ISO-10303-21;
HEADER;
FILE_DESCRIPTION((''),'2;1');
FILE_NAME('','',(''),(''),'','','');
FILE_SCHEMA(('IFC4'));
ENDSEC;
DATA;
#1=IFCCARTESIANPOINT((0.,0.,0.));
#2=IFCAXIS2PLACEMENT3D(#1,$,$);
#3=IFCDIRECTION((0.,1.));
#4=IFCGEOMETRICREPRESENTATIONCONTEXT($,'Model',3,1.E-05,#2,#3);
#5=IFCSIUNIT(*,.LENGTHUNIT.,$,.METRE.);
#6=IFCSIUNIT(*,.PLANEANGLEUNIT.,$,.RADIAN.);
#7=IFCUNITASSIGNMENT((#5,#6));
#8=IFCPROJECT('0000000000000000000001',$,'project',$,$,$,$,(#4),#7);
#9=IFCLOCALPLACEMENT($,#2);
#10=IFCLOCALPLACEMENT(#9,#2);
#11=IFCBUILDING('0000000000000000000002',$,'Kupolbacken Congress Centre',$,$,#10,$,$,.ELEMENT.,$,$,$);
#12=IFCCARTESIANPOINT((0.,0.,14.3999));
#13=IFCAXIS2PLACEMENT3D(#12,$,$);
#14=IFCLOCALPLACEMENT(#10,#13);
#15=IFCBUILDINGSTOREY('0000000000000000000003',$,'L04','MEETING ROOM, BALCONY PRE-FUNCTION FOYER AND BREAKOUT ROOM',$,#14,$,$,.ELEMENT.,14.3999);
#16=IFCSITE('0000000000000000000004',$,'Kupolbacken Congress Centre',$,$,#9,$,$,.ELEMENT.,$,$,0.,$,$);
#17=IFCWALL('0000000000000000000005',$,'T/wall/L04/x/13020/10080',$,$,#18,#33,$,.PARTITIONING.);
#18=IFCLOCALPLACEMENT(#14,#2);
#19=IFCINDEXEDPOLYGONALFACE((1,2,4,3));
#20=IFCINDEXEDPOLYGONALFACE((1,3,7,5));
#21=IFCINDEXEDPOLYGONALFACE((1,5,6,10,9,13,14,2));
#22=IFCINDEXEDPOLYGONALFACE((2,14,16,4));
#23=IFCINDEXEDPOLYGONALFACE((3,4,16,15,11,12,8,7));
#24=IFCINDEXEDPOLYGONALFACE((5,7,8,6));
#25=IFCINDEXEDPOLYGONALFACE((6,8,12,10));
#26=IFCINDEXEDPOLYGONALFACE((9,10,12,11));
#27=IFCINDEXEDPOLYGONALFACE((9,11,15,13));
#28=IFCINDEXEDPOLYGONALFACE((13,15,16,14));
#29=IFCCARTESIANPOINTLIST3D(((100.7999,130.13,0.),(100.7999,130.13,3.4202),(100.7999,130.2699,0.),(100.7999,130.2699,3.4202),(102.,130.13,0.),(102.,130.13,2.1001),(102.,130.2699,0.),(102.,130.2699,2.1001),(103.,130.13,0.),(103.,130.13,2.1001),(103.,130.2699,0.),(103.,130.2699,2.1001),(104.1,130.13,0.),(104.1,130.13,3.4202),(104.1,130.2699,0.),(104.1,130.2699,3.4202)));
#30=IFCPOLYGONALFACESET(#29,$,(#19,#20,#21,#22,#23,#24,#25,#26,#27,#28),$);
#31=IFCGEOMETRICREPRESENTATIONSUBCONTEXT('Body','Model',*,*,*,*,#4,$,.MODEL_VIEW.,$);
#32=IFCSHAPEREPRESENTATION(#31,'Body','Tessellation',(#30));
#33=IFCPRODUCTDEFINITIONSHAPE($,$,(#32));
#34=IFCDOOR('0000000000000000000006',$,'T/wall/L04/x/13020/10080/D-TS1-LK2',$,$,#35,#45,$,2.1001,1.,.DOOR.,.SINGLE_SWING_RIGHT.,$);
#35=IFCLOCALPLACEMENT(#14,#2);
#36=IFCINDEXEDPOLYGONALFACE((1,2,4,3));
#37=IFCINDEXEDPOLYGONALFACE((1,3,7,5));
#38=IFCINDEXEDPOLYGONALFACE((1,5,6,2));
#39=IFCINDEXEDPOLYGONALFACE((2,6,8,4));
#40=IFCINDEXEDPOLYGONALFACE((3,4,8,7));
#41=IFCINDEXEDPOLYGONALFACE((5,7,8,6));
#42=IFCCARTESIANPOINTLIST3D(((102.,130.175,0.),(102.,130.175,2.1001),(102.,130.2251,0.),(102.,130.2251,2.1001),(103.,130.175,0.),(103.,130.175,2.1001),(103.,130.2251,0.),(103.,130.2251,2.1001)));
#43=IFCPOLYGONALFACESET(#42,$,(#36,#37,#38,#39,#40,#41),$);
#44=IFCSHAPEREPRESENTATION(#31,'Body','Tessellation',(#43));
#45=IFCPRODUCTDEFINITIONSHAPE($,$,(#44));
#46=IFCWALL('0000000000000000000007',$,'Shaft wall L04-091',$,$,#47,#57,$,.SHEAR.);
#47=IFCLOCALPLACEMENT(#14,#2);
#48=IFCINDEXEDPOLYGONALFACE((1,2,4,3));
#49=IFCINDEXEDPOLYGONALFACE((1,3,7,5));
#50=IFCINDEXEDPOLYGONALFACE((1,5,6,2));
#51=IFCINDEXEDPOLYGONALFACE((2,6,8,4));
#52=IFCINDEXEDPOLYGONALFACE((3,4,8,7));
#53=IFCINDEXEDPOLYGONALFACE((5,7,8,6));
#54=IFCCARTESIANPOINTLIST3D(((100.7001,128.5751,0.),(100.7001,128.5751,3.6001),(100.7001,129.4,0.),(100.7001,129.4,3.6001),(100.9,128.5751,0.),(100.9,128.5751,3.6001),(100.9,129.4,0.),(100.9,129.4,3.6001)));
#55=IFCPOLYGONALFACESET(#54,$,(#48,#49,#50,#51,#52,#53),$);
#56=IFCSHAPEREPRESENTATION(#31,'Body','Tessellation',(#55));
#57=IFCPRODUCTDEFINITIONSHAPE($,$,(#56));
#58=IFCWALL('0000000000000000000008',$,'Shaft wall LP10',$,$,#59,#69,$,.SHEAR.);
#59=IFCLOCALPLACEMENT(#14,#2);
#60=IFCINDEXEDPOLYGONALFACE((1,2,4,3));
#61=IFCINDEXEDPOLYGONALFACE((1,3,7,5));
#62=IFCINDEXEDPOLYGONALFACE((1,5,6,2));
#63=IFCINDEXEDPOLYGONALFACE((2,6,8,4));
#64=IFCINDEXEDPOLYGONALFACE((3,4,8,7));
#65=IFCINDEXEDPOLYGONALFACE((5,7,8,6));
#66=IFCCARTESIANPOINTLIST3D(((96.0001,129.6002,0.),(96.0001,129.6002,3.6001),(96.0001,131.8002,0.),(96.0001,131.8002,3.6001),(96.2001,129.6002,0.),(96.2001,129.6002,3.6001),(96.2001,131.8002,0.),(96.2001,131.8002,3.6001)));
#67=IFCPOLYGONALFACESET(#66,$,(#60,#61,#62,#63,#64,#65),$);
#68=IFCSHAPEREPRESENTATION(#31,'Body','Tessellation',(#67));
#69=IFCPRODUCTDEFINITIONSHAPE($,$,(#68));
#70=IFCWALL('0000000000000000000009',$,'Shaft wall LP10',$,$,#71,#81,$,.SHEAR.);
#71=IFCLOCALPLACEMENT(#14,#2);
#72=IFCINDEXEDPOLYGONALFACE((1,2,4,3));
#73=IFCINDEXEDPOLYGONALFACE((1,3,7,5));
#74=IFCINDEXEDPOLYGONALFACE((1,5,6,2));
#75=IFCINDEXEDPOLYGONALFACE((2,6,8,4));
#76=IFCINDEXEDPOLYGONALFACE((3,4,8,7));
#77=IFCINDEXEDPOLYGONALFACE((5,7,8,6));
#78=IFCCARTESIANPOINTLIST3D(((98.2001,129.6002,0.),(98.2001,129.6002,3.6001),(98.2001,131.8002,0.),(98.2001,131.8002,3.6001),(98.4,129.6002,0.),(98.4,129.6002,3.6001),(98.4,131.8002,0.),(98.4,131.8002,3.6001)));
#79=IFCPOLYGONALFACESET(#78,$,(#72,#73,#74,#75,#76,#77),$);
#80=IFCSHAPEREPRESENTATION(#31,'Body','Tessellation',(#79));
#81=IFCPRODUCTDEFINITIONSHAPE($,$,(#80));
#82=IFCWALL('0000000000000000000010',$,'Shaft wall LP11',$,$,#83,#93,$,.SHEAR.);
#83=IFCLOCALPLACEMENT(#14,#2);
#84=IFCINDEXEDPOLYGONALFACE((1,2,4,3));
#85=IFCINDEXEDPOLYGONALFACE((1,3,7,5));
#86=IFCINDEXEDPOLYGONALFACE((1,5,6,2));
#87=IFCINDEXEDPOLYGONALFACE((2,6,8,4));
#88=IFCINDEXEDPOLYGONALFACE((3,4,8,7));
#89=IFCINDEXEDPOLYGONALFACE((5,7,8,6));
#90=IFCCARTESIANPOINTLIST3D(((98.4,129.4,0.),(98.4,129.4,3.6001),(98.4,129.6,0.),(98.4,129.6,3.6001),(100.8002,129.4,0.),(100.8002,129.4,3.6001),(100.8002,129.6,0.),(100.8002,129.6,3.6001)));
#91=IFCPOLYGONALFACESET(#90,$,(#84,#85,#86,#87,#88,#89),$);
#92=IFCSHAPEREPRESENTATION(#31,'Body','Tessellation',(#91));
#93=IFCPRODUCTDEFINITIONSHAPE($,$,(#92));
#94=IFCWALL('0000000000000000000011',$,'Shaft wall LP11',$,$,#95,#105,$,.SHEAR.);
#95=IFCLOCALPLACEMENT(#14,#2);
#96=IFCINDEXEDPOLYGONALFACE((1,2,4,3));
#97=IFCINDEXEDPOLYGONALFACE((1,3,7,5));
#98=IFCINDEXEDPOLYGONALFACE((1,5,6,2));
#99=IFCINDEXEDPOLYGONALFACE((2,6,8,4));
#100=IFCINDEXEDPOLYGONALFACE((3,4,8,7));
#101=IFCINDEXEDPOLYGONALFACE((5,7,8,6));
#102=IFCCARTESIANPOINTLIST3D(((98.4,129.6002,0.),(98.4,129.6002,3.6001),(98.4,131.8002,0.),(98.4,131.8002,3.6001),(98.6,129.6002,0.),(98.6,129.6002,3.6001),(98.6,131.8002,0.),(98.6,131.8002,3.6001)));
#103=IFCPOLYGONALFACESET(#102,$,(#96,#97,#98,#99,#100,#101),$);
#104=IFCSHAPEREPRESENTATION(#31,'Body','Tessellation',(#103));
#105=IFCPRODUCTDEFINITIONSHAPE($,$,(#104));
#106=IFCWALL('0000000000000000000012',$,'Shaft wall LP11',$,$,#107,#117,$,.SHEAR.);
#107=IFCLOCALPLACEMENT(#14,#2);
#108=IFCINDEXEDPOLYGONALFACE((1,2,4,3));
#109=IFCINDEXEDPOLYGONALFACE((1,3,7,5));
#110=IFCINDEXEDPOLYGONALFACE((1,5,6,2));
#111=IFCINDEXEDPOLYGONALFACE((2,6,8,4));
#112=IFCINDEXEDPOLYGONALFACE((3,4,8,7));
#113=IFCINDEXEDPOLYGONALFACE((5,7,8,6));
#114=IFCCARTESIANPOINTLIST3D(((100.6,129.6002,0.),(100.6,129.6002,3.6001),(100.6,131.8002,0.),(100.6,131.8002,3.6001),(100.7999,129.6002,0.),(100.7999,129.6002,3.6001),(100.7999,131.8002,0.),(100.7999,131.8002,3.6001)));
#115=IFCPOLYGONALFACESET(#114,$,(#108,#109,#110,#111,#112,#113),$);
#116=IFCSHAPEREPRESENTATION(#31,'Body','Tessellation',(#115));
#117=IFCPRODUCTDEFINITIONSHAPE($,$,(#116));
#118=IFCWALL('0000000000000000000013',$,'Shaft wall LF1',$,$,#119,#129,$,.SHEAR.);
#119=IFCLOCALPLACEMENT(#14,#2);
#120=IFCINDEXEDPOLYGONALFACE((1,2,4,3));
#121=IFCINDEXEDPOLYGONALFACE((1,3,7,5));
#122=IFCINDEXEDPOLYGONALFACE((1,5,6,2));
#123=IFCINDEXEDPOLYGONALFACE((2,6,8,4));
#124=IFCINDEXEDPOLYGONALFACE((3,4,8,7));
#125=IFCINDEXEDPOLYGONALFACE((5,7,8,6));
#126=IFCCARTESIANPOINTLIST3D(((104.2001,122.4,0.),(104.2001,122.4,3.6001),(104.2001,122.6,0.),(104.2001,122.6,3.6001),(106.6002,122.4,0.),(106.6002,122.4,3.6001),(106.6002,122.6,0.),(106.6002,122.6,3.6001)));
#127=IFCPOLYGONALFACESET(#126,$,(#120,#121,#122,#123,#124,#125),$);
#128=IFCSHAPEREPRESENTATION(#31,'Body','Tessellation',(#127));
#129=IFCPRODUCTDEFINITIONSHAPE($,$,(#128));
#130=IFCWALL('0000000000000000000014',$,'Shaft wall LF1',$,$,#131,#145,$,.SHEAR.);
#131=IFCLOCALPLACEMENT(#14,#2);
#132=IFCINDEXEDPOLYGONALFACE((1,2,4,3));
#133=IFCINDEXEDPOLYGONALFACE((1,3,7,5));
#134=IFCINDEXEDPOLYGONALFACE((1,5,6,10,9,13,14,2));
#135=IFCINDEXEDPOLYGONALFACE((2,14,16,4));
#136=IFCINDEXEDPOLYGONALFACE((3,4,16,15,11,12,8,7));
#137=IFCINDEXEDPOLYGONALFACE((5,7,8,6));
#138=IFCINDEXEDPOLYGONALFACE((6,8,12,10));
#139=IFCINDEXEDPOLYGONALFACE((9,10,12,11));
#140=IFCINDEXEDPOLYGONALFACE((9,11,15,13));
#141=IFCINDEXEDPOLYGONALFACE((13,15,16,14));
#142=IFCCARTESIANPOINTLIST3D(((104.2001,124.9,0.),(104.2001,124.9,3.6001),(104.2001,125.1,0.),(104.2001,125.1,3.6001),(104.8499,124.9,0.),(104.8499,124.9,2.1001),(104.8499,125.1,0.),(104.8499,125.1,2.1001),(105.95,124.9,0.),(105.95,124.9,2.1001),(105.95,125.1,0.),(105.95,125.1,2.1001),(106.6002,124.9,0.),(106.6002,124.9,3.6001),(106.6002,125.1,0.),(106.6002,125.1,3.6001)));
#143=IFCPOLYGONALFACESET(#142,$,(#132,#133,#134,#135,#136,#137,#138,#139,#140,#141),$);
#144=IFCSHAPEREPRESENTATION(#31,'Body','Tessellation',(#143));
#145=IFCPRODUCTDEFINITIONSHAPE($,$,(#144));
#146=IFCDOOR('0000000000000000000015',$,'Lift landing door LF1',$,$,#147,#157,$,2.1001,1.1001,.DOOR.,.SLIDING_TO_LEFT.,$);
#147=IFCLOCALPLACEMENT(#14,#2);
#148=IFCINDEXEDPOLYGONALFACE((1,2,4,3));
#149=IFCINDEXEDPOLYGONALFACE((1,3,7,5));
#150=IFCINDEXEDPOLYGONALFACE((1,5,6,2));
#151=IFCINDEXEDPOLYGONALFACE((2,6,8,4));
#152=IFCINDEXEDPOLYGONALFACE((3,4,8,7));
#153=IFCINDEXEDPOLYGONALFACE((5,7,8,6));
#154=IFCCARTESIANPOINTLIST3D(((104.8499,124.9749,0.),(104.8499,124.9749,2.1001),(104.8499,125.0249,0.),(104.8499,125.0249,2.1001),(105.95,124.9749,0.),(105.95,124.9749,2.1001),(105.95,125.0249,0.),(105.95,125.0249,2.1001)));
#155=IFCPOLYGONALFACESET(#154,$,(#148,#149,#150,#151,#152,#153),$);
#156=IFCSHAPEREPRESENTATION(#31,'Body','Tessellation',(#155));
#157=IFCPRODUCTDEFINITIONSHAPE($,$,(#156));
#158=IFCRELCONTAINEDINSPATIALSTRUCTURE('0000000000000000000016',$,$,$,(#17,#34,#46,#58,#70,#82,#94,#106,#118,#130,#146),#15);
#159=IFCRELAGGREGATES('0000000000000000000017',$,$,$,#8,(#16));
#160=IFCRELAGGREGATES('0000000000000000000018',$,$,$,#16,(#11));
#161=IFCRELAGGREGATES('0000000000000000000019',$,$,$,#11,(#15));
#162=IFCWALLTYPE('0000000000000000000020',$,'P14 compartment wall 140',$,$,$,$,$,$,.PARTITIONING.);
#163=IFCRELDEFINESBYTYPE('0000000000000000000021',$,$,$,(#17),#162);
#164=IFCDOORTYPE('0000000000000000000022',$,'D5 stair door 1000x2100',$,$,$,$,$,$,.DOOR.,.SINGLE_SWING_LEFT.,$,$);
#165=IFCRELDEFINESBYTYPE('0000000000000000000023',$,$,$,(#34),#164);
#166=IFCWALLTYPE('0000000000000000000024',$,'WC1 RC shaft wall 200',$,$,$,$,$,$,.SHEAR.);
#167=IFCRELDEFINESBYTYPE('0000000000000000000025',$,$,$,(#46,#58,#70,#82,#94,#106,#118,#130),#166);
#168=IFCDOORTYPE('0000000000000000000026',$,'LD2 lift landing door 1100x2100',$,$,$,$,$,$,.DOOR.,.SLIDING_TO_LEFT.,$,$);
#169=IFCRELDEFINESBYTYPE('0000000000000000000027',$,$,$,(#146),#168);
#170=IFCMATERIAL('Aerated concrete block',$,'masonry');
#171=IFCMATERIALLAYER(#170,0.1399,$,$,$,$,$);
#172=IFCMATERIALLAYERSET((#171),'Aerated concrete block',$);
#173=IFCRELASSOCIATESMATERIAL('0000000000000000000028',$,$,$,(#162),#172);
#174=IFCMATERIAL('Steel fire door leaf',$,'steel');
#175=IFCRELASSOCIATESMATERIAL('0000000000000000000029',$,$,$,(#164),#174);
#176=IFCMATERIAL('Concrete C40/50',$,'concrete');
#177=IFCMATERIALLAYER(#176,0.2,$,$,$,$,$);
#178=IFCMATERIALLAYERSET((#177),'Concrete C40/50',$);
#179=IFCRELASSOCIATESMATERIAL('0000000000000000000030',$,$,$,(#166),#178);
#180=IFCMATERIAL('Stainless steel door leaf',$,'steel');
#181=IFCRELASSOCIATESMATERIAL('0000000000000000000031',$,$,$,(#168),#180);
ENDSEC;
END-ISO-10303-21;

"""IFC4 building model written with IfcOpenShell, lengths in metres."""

from ifc_helpers import new_model, si_unit, direction, frame, frame_2d, origin, place, context, subcontext, project, spatial, rectangle, extrude, material, layer, layer_set, type_object, element, fill, save


model = new_model("IFC4")

# Units and contexts
model_context = context("Model", 3, precision=1e-05, world=origin(), true_north=direction((0.0, 1.0)))
body_context = subcontext(model_context, "Body", "Model", "MODEL_VIEW")
ifc_project = project(units=[si_unit("LENGTHUNIT", "METRE"), si_unit("PLANEANGLEUNIT", "RADIAN")], contexts=[model_context])

# Site, building, storey
site_placement = place(None, origin())
site = spatial("IfcSite", under=ifc_project, at=site_placement, Name="Kupolbacken Congress Centre", CompositionType="ELEMENT", RefElevation=0.0)
building_placement = place(site_placement, origin())
building = spatial("IfcBuilding", under=site, at=building_placement, Name="Kupolbacken Congress Centre", CompositionType="ELEMENT")
storey_placement = place(building_placement, frame((0.0, 0.0, 14.3999)))
storey = spatial("IfcBuildingStorey", under=building, at=storey_placement, Name="L04", Description="MEETING ROOM, BALCONY PRE-FUNCTION FOYER AND BREAKOUT ROOM", CompositionType="ELEMENT", Elevation=14.3999)

# Wall, opening, door
ifc_material_1 = material(Name="Aerated concrete block", Category="masonry")
ifc_layer_1 = layer(ifc_material_1, 0.1399)
ifc_layer_set_1 = layer_set([ifc_layer_1], Name="Aerated concrete block")
wall_type_1 = type_object("IfcWallType", Name="P14 compartment wall 140", PredefinedType="PARTITIONING", material=ifc_layer_set_1)
wall_1_placement = place(storey_placement, frame((100.8, 130.2, 0.0), z_axis=(0.0, 0.0, 1.0), x_axis=(1.0, 0.0, 0.0)))
wall_1 = element("IfcWall", 1, at=wall_1_placement, inside=storey, type_object=wall_type_1, Name="T/wall/L04/x/13020/10080", PredefinedType="PARTITIONING", context=body_context, shape_type="SweptSolid", body=[
    extrude(rectangle(XDim=3.3, YDim=0.1399, at=frame_2d((1.6499, 0.0))), origin(), (0.0, 0.0, 1.0), 3.4202),
])
opening_1_placement = place(wall_1_placement, frame((1.2, 0.0, 0.0)))
opening_1 = element("IfcOpeningElement", 2, at=opening_1_placement, cuts=wall_1, PredefinedType="OPENING", context=body_context, shape_type="SweptSolid", body=[
    extrude(rectangle(XDim=1.0, YDim=2.1001, at=frame_2d((0.5, 1.05))), frame((0.0, 0.0798, 0.0), z_axis=(0.0, -1.0, 0.0), x_axis=(1.0, 0.0, 0.0)), (0.0, 0.0, 1.0), 0.1599),
])
ifc_material_2 = material(Name="Steel fire door leaf", Category="steel")
door_type_1 = type_object("IfcDoorType", Name="D5 stair door 1000x2100", OperationType="SINGLE_SWING_LEFT", PredefinedType="DOOR", material=ifc_material_2)
door_1_placement = place(opening_1_placement, frame((1.0, 0.0, 0.0), z_axis=(0.0, 0.0, 1.0), x_axis=(-1.0, 0.0, 0.0)))
door_1 = element("IfcDoor", 3, at=door_1_placement, inside=storey, type_object=door_type_1, Name="T/wall/L04/x/13020/10080/D-TS1-LK2", OperationType="SINGLE_SWING_RIGHT", OverallHeight=2.1001, OverallWidth=1.0, PredefinedType="DOOR", context=body_context, shape_type="SweptSolid", body=[
    extrude(rectangle(XDim=1.0, YDim=2.1001, at=frame_2d((0.5, 1.05))), frame((0.0, 0.0249, 0.0), z_axis=(0.0, -1.0, 0.0), x_axis=(1.0, 0.0, 0.0)), (0.0, 0.0, 1.0), 0.05),
])
fill(opening_1, door_1)

# Walls
ifc_material_3 = material(Name="Concrete C40/50", Category="concrete")
ifc_layer_2 = layer(ifc_material_3, 0.2)
ifc_layer_set_2 = layer_set([ifc_layer_2], Name="Concrete C40/50")
wall_type_2 = type_object("IfcWallType", Name="WC1 RC shaft wall 200", PredefinedType="SHEAR", material=ifc_layer_set_2)
wall_2_placement = place(storey_placement, frame((100.8, 128.575, 0.0), z_axis=(0.0, 0.0, 1.0), x_axis=(0.0, 1.0, 0.0)))
element("IfcWall", 4, at=wall_2_placement, inside=storey, type_object=wall_type_2, Name="Shaft wall L04-091", PredefinedType="SHEAR", context=body_context, shape_type="SweptSolid", body=[
    extrude(rectangle(XDim=0.825, YDim=0.2, at=frame_2d((0.4126, 0.0))), origin(), (0.0, 0.0, 1.0), 3.6001),
])
for number, where, z_axis, x_axis, name in (
    (5, (96.1001, 129.6001, 0.0), (0.0, 0.0, 1.0), (0.0, 1.0, 0.0), "Shaft wall LP10"),
    (6, (98.3, 129.6001, 0.0), (0.0, 0.0, 1.0), (0.0, 1.0, 0.0), "Shaft wall LP10"),
):
    element("IfcWall", number, at=place(storey_placement, frame(where, z_axis=z_axis, x_axis=x_axis)), inside=storey, type_object=wall_type_2, Name=name, PredefinedType="SHEAR", context=body_context, shape_type="SweptSolid", body=[
        extrude(rectangle(XDim=2.2, YDim=0.2, at=frame_2d((1.1001, 0.0))), origin(), (0.0, 0.0, 1.0), 3.6001),
    ])
wall_3_placement = place(storey_placement, frame((98.3999, 129.5, 0.0), z_axis=(0.0, 0.0, 1.0), x_axis=(1.0, 0.0, 0.0)))
element("IfcWall", 7, at=wall_3_placement, inside=storey, type_object=wall_type_2, Name="Shaft wall LP11", PredefinedType="SHEAR", context=body_context, shape_type="SweptSolid", body=[
    extrude(rectangle(XDim=2.4001, YDim=0.2, at=frame_2d((1.2002, 0.0))), origin(), (0.0, 0.0, 1.0), 3.6001),
])
for number, where, z_axis, x_axis, name in (
    (8, (98.5, 129.6001, 0.0), (0.0, 0.0, 1.0), (0.0, 1.0, 0.0), "Shaft wall LP11"),
    (9, (100.7, 129.6001, 0.0), (0.0, 0.0, 1.0), (0.0, 1.0, 0.0), "Shaft wall LP11"),
):
    element("IfcWall", number, at=place(storey_placement, frame(where, z_axis=z_axis, x_axis=x_axis)), inside=storey, type_object=wall_type_2, Name=name, PredefinedType="SHEAR", context=body_context, shape_type="SweptSolid", body=[
        extrude(rectangle(XDim=2.2, YDim=0.2, at=frame_2d((1.1001, 0.0))), origin(), (0.0, 0.0, 1.0), 3.6001),
    ])
wall_4_placement = place(storey_placement, frame((104.2, 122.5, 0.0), z_axis=(0.0, 0.0, 1.0), x_axis=(1.0, 0.0, 0.0)))
element("IfcWall", 10, at=wall_4_placement, inside=storey, type_object=wall_type_2, Name="Shaft wall LF1", PredefinedType="SHEAR", context=body_context, shape_type="SweptSolid", body=[
    extrude(rectangle(XDim=2.4001, YDim=0.2, at=frame_2d((1.2002, 0.0))), origin(), (0.0, 0.0, 1.0), 3.6001),
])

# Wall, opening, door
wall_5_placement = place(storey_placement, frame((104.2, 125.0, 0.0), z_axis=(0.0, 0.0, 1.0), x_axis=(1.0, 0.0, 0.0)))
wall_5 = element("IfcWall", 11, at=wall_5_placement, inside=storey, type_object=wall_type_2, Name="Shaft wall LF1", PredefinedType="SHEAR", context=body_context, shape_type="SweptSolid", body=[
    extrude(rectangle(XDim=2.4001, YDim=0.2, at=frame_2d((1.2002, 0.0))), origin(), (0.0, 0.0, 1.0), 3.6001),
])
opening_2_placement = place(wall_5_placement, frame((0.6499, 0.0, 0.0)))
opening_2 = element("IfcOpeningElement", 12, at=opening_2_placement, cuts=wall_5, PredefinedType="OPENING", context=body_context, shape_type="SweptSolid", body=[
    extrude(rectangle(XDim=1.1001, YDim=2.1001, at=frame_2d((0.55, 1.05))), frame((0.0, 0.1099, 0.0), z_axis=(0.0, -1.0, 0.0), x_axis=(1.0, 0.0, 0.0)), (0.0, 0.0, 1.0), 0.22),
])
ifc_material_4 = material(Name="Stainless steel door leaf", Category="steel")
door_type_2 = type_object("IfcDoorType", Name="LD2 lift landing door 1100x2100", OperationType="SLIDING_TO_LEFT", PredefinedType="DOOR", material=ifc_material_4)
door_2_placement = place(opening_2_placement, origin())
door_2 = element("IfcDoor", 13, at=door_2_placement, inside=storey, type_object=door_type_2, Name="Lift landing door LF1", OperationType="SLIDING_TO_LEFT", OverallHeight=2.1001, OverallWidth=1.1001, PredefinedType="DOOR", context=body_context, shape_type="SweptSolid", body=[
    extrude(rectangle(XDim=1.1001, YDim=2.1001, at=frame_2d((0.55, 1.05))), frame((0.0, 0.0249, 0.0), z_axis=(0.0, -1.0, 0.0), x_axis=(1.0, 0.0, 0.0)), (0.0, 0.0, 1.0), 0.05),
])
fill(opening_2, door_2)

save(model, "model.ifc")
